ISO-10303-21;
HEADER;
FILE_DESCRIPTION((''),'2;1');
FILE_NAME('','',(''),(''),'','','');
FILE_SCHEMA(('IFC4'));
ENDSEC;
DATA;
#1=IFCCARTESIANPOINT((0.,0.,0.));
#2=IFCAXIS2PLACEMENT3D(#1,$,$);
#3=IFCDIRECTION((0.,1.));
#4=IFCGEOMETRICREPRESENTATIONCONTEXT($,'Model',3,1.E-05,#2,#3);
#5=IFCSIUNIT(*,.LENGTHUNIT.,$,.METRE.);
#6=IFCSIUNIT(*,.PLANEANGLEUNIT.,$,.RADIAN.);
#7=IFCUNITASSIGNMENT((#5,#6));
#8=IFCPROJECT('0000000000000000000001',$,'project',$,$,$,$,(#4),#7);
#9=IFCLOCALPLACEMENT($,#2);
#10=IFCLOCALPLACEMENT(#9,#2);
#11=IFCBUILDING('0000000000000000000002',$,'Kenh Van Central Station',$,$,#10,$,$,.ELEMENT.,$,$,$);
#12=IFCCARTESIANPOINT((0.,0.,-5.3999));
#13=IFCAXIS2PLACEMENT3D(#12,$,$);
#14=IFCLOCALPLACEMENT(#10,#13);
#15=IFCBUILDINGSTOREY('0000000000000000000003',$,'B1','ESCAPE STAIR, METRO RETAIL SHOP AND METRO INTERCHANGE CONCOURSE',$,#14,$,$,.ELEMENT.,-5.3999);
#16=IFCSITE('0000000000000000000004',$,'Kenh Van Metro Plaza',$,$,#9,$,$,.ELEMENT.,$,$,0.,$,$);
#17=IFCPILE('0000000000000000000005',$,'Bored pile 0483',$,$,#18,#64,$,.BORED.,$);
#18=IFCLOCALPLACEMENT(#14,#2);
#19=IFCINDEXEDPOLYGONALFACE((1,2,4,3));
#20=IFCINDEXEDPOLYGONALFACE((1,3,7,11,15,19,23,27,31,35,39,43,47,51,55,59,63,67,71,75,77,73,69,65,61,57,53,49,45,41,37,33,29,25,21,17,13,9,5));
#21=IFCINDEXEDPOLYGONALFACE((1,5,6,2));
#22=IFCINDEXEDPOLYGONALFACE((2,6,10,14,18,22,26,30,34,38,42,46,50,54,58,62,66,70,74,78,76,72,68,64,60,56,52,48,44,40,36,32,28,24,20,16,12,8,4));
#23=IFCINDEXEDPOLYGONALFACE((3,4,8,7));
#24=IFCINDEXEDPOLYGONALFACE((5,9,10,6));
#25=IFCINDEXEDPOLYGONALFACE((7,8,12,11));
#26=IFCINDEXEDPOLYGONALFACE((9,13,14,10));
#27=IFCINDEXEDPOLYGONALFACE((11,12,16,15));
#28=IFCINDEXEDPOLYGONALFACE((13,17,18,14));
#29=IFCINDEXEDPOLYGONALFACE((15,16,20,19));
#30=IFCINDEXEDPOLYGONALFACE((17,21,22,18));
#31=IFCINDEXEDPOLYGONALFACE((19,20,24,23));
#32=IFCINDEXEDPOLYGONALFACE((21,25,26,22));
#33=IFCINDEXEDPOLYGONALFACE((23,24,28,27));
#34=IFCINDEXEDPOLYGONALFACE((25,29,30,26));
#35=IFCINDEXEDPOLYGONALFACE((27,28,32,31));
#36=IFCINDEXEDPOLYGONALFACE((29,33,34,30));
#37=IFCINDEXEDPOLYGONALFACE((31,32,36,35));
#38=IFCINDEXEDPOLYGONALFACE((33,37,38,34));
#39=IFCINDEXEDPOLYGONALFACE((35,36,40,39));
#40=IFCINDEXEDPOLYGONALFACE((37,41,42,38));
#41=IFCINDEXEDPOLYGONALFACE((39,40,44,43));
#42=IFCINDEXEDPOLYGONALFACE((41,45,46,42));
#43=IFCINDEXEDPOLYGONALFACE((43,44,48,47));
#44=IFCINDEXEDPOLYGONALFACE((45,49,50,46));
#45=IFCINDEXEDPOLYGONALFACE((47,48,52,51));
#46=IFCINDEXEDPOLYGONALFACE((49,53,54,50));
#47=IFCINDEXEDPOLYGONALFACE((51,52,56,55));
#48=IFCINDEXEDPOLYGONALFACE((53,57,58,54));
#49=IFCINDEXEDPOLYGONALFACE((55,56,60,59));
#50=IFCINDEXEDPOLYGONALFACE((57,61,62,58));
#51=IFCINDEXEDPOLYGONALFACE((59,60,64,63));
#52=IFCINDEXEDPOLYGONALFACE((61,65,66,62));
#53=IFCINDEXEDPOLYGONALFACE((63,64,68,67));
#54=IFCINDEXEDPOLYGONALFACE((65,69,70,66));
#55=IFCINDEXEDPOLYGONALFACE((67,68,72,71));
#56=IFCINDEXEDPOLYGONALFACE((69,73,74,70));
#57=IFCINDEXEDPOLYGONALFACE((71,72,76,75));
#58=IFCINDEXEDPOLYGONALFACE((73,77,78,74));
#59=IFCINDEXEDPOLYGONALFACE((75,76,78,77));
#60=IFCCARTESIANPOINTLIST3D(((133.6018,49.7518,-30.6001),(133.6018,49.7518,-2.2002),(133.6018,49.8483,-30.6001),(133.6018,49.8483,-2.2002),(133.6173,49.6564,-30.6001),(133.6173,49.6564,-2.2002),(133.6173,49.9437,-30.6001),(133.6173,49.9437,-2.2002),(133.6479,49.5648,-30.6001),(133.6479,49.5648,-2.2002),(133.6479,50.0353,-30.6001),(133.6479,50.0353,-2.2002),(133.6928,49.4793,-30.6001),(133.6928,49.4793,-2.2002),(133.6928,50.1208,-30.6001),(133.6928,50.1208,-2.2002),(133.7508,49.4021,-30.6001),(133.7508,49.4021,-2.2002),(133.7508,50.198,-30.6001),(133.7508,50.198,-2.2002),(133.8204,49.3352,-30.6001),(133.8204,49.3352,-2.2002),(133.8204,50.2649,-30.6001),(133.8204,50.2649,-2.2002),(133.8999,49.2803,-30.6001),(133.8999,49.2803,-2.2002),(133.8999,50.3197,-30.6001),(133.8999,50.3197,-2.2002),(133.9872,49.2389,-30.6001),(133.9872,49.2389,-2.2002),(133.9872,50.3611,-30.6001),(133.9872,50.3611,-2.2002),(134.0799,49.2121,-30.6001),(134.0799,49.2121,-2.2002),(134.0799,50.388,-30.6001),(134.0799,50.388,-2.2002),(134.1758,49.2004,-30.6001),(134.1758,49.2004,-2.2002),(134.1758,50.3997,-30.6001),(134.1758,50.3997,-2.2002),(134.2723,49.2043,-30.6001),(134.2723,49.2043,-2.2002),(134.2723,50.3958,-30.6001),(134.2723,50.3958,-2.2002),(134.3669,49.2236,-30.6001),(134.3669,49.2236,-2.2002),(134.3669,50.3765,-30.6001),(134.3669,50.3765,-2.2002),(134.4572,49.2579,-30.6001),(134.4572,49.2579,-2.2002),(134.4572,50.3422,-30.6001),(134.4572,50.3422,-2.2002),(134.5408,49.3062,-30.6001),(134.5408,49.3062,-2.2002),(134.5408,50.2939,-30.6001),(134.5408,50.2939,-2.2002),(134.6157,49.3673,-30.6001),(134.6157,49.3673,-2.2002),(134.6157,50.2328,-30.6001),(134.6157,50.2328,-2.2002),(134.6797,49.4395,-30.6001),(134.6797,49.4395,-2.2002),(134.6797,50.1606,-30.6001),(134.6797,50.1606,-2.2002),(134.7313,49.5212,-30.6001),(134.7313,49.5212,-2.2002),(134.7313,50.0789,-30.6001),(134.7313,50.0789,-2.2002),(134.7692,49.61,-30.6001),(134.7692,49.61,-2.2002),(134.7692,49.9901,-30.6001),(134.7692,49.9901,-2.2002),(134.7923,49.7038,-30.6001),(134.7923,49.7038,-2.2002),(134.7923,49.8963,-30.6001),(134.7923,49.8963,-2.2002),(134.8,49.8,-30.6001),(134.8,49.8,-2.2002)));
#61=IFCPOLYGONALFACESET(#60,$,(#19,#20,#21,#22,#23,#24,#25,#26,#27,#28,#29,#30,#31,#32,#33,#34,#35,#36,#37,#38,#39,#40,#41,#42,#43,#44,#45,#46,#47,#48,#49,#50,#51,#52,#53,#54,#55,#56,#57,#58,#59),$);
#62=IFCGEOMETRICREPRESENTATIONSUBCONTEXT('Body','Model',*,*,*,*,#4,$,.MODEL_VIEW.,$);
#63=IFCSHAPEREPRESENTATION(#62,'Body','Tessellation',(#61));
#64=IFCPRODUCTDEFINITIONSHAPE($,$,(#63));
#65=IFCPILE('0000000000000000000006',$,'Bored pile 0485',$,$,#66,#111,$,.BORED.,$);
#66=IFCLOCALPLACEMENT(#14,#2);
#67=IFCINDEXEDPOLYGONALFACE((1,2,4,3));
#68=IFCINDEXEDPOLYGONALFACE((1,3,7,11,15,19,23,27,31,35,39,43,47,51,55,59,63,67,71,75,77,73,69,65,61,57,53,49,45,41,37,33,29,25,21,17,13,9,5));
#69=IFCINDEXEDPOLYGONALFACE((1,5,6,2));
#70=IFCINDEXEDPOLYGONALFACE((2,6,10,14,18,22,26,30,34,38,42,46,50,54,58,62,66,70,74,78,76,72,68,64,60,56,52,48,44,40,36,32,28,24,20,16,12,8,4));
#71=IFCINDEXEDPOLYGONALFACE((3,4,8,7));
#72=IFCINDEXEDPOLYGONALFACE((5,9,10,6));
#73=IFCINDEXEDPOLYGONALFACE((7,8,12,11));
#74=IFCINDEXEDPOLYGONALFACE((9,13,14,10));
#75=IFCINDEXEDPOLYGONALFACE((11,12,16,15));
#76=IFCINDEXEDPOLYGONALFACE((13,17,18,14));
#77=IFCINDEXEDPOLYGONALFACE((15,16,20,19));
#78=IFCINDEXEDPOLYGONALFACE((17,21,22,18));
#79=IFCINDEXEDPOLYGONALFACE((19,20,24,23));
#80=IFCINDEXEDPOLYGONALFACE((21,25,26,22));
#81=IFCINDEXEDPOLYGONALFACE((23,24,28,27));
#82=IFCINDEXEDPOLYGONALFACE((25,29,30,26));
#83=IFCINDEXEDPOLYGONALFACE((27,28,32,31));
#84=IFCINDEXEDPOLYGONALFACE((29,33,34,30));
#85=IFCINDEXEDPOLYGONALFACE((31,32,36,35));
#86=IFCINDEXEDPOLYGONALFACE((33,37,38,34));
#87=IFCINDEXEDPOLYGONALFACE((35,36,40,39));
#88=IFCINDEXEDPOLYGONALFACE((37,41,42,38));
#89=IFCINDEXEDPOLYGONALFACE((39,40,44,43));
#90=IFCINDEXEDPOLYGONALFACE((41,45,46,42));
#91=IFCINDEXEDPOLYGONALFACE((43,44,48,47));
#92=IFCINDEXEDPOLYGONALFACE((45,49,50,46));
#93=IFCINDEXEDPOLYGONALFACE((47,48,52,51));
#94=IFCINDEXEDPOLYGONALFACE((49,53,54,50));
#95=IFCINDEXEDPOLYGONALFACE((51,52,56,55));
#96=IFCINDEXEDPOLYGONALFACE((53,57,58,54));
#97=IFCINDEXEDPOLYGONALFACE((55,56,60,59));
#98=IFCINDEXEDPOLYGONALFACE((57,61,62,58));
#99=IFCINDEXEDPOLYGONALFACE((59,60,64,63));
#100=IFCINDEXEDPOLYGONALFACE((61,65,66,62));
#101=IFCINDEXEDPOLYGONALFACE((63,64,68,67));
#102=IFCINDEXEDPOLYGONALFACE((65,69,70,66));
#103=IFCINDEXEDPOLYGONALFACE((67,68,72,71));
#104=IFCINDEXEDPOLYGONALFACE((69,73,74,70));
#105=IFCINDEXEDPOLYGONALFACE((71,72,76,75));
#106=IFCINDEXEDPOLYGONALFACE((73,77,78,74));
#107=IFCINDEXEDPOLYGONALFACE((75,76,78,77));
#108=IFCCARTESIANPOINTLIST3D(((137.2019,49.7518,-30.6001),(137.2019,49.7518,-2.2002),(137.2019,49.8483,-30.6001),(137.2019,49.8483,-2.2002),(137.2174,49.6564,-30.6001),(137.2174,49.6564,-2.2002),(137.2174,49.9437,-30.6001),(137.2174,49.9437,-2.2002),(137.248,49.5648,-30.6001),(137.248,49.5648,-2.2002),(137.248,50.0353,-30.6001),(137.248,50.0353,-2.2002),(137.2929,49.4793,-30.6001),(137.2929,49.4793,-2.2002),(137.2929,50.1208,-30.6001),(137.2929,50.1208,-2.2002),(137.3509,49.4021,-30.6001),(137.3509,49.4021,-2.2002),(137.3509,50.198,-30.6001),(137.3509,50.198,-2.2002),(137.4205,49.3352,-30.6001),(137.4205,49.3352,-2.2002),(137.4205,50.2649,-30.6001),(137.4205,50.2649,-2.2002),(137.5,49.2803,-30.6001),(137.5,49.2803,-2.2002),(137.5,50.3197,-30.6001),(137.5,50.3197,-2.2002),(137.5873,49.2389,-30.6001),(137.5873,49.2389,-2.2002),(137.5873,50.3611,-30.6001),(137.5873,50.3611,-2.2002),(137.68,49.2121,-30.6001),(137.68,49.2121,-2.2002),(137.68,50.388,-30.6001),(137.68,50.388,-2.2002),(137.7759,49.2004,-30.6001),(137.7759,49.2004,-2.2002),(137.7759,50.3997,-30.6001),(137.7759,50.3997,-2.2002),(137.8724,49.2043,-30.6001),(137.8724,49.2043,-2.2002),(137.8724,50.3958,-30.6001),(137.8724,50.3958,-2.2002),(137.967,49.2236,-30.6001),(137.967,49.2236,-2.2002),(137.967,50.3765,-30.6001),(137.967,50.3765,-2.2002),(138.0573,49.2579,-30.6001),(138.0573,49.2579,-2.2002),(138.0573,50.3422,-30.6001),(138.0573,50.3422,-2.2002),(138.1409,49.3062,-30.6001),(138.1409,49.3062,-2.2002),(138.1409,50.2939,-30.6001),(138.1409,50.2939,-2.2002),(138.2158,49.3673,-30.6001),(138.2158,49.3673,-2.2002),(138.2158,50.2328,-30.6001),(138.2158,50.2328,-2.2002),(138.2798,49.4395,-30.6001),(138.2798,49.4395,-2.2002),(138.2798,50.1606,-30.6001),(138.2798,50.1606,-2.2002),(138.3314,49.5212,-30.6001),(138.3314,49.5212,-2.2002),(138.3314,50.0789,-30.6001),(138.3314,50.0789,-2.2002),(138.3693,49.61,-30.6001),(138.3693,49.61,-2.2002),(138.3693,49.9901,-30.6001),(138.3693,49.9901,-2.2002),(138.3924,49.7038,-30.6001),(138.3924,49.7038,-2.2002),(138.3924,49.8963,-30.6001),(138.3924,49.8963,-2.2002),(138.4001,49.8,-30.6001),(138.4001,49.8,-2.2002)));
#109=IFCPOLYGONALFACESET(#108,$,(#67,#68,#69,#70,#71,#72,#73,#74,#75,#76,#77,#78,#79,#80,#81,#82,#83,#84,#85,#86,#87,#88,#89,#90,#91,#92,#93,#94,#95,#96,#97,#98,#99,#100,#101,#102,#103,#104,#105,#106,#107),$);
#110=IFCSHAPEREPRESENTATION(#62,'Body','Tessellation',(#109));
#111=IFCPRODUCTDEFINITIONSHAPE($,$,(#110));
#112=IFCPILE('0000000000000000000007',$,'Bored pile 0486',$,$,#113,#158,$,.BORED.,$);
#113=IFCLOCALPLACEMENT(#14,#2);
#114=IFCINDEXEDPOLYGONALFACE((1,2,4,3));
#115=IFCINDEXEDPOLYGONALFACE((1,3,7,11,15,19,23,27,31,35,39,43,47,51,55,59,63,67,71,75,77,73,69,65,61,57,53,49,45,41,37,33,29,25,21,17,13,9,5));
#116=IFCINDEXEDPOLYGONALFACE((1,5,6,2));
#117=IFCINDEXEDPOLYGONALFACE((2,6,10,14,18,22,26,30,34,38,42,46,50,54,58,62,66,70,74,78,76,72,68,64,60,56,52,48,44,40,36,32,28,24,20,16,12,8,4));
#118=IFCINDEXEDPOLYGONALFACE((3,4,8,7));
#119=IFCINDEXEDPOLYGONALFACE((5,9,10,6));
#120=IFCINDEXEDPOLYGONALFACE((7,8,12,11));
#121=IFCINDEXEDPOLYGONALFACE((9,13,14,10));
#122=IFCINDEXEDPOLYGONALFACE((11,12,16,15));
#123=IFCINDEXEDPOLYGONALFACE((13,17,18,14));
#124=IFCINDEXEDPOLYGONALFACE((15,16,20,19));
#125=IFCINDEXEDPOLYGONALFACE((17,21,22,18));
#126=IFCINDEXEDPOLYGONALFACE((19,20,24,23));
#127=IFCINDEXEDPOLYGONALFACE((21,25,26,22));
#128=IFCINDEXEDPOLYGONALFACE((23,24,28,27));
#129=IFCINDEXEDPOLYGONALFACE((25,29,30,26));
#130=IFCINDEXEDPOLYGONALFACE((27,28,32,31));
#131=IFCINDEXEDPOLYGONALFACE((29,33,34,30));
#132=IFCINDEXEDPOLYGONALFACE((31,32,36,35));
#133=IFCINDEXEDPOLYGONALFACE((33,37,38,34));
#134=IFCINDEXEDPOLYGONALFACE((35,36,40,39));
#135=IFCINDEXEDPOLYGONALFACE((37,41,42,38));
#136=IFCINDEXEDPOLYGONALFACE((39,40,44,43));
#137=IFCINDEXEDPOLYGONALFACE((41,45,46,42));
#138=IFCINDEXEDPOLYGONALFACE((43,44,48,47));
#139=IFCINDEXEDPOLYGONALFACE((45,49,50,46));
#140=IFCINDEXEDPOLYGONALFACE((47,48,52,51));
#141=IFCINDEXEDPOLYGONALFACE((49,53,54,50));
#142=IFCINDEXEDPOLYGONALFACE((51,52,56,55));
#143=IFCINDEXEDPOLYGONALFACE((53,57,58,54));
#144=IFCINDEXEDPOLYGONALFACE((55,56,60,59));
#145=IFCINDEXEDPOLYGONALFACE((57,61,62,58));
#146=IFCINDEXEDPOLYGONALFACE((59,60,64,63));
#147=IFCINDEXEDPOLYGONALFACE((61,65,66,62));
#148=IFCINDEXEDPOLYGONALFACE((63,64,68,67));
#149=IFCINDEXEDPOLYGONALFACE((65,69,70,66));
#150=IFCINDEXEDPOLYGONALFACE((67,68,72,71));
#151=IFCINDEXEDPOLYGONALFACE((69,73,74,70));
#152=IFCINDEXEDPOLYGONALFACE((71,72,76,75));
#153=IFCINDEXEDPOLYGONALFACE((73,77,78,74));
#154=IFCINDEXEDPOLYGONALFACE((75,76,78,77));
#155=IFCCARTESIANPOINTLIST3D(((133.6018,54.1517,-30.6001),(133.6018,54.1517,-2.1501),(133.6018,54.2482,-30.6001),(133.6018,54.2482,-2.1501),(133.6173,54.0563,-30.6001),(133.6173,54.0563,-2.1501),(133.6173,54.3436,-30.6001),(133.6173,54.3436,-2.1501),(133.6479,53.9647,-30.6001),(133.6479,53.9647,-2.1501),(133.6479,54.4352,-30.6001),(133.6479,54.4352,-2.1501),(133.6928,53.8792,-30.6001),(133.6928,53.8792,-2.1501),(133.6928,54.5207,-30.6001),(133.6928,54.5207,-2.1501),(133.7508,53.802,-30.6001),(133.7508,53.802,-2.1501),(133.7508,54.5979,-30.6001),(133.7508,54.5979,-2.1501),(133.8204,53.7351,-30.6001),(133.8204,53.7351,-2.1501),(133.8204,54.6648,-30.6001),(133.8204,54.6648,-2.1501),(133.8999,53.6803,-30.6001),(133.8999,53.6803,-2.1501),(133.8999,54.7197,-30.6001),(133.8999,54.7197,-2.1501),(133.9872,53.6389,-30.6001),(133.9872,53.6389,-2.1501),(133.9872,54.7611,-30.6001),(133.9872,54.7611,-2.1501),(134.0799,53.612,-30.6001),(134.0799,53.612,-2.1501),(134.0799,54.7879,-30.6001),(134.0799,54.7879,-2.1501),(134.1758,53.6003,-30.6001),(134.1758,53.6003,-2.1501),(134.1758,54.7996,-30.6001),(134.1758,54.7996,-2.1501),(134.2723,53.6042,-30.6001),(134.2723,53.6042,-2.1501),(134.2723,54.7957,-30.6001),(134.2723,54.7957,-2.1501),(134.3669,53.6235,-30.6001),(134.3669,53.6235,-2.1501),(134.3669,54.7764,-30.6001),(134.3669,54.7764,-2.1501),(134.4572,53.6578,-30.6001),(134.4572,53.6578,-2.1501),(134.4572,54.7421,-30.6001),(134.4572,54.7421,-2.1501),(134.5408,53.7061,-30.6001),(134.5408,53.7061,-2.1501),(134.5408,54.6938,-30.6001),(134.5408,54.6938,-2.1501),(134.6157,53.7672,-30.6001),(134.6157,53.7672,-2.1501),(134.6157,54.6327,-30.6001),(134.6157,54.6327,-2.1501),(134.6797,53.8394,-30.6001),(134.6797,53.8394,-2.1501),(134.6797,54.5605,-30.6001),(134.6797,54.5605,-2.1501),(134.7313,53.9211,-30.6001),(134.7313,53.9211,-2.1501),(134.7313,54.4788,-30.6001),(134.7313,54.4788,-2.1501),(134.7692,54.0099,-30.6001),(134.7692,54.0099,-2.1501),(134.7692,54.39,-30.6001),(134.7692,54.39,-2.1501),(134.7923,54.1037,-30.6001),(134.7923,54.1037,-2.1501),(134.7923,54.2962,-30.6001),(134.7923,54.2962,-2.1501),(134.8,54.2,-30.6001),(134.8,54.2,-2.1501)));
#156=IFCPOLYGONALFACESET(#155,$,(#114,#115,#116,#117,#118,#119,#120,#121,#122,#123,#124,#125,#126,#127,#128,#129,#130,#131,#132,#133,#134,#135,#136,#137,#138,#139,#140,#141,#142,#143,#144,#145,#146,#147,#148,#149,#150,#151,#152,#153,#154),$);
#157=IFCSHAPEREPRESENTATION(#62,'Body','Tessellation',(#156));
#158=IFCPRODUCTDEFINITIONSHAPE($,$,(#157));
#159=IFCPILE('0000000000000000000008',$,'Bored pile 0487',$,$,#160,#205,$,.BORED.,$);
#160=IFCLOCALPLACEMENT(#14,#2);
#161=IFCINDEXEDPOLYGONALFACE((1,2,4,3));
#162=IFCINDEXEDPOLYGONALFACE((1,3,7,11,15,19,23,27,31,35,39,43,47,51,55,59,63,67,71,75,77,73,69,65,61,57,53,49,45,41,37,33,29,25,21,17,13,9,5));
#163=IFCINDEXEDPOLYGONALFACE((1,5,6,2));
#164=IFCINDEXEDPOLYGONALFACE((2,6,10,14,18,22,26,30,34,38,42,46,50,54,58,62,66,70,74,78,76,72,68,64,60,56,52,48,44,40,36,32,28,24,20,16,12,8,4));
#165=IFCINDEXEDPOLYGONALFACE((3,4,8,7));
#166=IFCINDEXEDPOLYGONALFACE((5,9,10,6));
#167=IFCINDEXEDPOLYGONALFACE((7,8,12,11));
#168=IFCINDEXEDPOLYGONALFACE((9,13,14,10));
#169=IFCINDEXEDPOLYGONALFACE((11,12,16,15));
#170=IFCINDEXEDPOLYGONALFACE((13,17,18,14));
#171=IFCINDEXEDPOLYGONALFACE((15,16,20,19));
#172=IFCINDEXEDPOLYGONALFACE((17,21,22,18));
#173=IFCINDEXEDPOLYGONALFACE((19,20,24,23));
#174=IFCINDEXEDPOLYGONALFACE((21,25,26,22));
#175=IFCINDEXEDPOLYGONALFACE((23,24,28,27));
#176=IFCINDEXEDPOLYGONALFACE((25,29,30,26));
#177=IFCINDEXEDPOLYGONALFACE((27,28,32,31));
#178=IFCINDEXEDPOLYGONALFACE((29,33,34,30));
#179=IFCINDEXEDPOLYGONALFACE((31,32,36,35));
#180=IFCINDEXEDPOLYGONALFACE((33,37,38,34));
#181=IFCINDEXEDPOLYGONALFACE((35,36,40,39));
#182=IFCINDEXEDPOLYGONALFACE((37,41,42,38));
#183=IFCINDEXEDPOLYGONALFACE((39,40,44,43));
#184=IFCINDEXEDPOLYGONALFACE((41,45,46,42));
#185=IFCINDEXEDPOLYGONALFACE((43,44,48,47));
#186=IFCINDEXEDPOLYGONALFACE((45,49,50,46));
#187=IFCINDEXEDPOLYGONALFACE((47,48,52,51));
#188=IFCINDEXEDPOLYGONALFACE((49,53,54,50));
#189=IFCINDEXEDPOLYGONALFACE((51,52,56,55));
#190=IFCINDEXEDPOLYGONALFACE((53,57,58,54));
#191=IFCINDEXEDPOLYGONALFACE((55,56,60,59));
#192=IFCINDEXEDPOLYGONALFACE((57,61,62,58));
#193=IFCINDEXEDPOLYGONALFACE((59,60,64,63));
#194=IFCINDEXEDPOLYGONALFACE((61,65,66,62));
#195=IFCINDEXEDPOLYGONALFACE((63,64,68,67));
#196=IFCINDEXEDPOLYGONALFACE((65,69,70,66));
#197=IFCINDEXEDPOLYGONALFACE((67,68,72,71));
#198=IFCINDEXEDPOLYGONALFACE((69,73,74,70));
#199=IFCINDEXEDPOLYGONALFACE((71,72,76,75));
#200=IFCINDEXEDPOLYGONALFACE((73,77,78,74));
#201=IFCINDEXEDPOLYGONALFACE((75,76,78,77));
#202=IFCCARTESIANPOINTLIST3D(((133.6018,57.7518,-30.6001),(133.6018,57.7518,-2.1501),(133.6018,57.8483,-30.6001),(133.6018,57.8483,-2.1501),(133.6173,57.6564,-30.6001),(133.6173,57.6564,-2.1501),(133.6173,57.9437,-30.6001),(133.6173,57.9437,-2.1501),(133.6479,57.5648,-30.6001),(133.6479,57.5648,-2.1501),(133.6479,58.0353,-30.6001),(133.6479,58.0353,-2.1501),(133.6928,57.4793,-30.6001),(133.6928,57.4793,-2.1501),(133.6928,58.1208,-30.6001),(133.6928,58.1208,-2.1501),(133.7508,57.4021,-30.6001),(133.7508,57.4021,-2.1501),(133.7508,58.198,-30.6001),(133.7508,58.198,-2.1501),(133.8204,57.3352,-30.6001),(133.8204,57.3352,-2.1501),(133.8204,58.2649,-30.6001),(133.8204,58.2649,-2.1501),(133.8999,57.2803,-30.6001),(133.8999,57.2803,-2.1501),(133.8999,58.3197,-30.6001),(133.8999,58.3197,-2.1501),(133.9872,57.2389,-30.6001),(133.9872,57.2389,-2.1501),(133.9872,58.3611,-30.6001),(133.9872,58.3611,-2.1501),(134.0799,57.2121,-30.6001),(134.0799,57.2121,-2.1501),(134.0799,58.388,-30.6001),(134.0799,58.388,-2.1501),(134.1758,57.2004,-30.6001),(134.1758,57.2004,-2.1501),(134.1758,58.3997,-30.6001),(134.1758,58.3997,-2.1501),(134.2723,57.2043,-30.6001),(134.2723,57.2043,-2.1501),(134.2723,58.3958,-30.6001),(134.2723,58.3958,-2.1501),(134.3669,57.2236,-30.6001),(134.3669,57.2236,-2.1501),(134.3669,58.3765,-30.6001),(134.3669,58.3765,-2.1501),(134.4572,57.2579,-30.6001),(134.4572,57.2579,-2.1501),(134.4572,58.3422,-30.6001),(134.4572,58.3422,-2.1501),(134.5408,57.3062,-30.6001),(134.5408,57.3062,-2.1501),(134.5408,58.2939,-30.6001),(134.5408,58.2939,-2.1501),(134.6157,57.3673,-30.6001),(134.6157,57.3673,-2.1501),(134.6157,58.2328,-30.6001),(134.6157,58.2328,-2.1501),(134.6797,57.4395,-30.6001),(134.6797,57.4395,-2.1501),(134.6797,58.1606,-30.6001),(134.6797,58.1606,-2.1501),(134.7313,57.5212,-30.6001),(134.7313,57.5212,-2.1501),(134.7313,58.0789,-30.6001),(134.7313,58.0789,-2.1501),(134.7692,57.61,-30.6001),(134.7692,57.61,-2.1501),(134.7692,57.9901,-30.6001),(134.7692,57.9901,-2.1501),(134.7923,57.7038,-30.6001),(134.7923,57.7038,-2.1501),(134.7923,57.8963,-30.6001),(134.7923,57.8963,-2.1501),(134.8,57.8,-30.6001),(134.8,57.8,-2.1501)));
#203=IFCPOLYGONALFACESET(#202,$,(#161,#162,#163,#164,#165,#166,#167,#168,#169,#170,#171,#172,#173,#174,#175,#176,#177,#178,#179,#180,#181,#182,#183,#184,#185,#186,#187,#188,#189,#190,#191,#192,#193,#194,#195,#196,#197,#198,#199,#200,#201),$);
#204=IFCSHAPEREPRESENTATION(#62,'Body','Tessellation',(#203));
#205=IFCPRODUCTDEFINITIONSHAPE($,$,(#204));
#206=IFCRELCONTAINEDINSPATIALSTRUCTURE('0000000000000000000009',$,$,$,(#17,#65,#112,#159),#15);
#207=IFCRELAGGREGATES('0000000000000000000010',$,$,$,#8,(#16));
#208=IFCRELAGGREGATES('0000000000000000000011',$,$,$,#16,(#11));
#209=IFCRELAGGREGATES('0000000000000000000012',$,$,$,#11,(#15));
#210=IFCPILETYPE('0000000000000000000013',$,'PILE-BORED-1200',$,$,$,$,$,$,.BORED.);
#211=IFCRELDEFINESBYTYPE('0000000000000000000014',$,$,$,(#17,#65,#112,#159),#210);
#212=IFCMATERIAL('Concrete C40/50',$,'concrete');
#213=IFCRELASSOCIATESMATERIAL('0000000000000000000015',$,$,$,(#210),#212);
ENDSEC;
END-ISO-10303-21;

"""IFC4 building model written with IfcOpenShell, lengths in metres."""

from ifc_helpers import new_model, si_unit, direction, frame, origin, origin_2d, place, context, subcontext, project, spatial, circle, extrude, material, material_profile, profile_set, type_object, element, save


model = new_model("IFC4")

# Units and contexts
model_context = context("Model", 3, precision=1e-05, world=origin(), true_north=direction((0.0, 1.0)))
body_context = subcontext(model_context, "Body", "Model", "MODEL_VIEW")
ifc_project = project(units=[si_unit("LENGTHUNIT", "METRE"), si_unit("PLANEANGLEUNIT", "RADIAN")], contexts=[model_context])

# Site, building, storey
site_placement = place(None, origin())
site = spatial("IfcSite", under=ifc_project, at=site_placement, Name="Kenh Van Metro Plaza", CompositionType="ELEMENT", RefElevation=0.0)
building_placement = place(site_placement, origin())
building = spatial("IfcBuilding", under=site, at=building_placement, Name="Kenh Van Central Station", CompositionType="ELEMENT")
storey_placement = place(building_placement, frame((0.0, 0.0, -5.3999)))
storey = spatial("IfcBuildingStorey", under=building, at=storey_placement, Name="B1", Description="ESCAPE STAIR, METRO RETAIL SHOP AND METRO INTERCHANGE CONCOURSE", CompositionType="ELEMENT", Elevation=-5.3999)

# Shared definitions
ifc_material_1 = material(Name="Concrete C40/50", Category="concrete")

# Piles
ifc_material_profile_1 = material_profile(ifc_material_1, circle(Radius=0.6001, at=origin_2d()), Name="PILE D1200")
ifc_profile_set_1 = profile_set([ifc_material_profile_1], Name="Concrete C40/50")
pile_type_1 = type_object("IfcPileType", Name="PILE-BORED-1200", PredefinedType="BORED", material=ifc_profile_set_1)
for number, where, z_axis, x_axis, name in (
    (1, (134.2, 49.8, -2.2002), (0.0, 0.0, -1.0), (1.0, 0.0, 0.0), "Bored pile 0483"),
    (2, (137.8, 49.8, -2.2002), (0.0, 0.0, -1.0), (1.0, 0.0, 0.0), "Bored pile 0485"),
):
    element("IfcPile", number, at=place(storey_placement, frame(where, z_axis=z_axis, x_axis=x_axis)), inside=storey, type_object=pile_type_1, Name=name, PredefinedType="BORED", context=body_context, shape_type="SweptSolid", body=[
        extrude(circle(Radius=0.6001, at=origin_2d()), origin(), (0.0, 0.0, 1.0), 28.3999),
    ])
for number, where, z_axis, x_axis, name in (
    (3, (134.2, 54.2, -2.1501), (0.0, 0.0, -1.0), (1.0, 0.0, 0.0), "Bored pile 0486"),
    (4, (134.2, 57.8, -2.1501), (0.0, 0.0, -1.0), (1.0, 0.0, 0.0), "Bored pile 0487"),
):
    element("IfcPile", number, at=place(storey_placement, frame(where, z_axis=z_axis, x_axis=x_axis)), inside=storey, type_object=pile_type_1, Name=name, PredefinedType="BORED", context=body_context, shape_type="SweptSolid", body=[
        extrude(circle(Radius=0.6001, at=origin_2d()), origin(), (0.0, 0.0, 1.0), 28.45),
    ])

save(model, "model.ifc")
